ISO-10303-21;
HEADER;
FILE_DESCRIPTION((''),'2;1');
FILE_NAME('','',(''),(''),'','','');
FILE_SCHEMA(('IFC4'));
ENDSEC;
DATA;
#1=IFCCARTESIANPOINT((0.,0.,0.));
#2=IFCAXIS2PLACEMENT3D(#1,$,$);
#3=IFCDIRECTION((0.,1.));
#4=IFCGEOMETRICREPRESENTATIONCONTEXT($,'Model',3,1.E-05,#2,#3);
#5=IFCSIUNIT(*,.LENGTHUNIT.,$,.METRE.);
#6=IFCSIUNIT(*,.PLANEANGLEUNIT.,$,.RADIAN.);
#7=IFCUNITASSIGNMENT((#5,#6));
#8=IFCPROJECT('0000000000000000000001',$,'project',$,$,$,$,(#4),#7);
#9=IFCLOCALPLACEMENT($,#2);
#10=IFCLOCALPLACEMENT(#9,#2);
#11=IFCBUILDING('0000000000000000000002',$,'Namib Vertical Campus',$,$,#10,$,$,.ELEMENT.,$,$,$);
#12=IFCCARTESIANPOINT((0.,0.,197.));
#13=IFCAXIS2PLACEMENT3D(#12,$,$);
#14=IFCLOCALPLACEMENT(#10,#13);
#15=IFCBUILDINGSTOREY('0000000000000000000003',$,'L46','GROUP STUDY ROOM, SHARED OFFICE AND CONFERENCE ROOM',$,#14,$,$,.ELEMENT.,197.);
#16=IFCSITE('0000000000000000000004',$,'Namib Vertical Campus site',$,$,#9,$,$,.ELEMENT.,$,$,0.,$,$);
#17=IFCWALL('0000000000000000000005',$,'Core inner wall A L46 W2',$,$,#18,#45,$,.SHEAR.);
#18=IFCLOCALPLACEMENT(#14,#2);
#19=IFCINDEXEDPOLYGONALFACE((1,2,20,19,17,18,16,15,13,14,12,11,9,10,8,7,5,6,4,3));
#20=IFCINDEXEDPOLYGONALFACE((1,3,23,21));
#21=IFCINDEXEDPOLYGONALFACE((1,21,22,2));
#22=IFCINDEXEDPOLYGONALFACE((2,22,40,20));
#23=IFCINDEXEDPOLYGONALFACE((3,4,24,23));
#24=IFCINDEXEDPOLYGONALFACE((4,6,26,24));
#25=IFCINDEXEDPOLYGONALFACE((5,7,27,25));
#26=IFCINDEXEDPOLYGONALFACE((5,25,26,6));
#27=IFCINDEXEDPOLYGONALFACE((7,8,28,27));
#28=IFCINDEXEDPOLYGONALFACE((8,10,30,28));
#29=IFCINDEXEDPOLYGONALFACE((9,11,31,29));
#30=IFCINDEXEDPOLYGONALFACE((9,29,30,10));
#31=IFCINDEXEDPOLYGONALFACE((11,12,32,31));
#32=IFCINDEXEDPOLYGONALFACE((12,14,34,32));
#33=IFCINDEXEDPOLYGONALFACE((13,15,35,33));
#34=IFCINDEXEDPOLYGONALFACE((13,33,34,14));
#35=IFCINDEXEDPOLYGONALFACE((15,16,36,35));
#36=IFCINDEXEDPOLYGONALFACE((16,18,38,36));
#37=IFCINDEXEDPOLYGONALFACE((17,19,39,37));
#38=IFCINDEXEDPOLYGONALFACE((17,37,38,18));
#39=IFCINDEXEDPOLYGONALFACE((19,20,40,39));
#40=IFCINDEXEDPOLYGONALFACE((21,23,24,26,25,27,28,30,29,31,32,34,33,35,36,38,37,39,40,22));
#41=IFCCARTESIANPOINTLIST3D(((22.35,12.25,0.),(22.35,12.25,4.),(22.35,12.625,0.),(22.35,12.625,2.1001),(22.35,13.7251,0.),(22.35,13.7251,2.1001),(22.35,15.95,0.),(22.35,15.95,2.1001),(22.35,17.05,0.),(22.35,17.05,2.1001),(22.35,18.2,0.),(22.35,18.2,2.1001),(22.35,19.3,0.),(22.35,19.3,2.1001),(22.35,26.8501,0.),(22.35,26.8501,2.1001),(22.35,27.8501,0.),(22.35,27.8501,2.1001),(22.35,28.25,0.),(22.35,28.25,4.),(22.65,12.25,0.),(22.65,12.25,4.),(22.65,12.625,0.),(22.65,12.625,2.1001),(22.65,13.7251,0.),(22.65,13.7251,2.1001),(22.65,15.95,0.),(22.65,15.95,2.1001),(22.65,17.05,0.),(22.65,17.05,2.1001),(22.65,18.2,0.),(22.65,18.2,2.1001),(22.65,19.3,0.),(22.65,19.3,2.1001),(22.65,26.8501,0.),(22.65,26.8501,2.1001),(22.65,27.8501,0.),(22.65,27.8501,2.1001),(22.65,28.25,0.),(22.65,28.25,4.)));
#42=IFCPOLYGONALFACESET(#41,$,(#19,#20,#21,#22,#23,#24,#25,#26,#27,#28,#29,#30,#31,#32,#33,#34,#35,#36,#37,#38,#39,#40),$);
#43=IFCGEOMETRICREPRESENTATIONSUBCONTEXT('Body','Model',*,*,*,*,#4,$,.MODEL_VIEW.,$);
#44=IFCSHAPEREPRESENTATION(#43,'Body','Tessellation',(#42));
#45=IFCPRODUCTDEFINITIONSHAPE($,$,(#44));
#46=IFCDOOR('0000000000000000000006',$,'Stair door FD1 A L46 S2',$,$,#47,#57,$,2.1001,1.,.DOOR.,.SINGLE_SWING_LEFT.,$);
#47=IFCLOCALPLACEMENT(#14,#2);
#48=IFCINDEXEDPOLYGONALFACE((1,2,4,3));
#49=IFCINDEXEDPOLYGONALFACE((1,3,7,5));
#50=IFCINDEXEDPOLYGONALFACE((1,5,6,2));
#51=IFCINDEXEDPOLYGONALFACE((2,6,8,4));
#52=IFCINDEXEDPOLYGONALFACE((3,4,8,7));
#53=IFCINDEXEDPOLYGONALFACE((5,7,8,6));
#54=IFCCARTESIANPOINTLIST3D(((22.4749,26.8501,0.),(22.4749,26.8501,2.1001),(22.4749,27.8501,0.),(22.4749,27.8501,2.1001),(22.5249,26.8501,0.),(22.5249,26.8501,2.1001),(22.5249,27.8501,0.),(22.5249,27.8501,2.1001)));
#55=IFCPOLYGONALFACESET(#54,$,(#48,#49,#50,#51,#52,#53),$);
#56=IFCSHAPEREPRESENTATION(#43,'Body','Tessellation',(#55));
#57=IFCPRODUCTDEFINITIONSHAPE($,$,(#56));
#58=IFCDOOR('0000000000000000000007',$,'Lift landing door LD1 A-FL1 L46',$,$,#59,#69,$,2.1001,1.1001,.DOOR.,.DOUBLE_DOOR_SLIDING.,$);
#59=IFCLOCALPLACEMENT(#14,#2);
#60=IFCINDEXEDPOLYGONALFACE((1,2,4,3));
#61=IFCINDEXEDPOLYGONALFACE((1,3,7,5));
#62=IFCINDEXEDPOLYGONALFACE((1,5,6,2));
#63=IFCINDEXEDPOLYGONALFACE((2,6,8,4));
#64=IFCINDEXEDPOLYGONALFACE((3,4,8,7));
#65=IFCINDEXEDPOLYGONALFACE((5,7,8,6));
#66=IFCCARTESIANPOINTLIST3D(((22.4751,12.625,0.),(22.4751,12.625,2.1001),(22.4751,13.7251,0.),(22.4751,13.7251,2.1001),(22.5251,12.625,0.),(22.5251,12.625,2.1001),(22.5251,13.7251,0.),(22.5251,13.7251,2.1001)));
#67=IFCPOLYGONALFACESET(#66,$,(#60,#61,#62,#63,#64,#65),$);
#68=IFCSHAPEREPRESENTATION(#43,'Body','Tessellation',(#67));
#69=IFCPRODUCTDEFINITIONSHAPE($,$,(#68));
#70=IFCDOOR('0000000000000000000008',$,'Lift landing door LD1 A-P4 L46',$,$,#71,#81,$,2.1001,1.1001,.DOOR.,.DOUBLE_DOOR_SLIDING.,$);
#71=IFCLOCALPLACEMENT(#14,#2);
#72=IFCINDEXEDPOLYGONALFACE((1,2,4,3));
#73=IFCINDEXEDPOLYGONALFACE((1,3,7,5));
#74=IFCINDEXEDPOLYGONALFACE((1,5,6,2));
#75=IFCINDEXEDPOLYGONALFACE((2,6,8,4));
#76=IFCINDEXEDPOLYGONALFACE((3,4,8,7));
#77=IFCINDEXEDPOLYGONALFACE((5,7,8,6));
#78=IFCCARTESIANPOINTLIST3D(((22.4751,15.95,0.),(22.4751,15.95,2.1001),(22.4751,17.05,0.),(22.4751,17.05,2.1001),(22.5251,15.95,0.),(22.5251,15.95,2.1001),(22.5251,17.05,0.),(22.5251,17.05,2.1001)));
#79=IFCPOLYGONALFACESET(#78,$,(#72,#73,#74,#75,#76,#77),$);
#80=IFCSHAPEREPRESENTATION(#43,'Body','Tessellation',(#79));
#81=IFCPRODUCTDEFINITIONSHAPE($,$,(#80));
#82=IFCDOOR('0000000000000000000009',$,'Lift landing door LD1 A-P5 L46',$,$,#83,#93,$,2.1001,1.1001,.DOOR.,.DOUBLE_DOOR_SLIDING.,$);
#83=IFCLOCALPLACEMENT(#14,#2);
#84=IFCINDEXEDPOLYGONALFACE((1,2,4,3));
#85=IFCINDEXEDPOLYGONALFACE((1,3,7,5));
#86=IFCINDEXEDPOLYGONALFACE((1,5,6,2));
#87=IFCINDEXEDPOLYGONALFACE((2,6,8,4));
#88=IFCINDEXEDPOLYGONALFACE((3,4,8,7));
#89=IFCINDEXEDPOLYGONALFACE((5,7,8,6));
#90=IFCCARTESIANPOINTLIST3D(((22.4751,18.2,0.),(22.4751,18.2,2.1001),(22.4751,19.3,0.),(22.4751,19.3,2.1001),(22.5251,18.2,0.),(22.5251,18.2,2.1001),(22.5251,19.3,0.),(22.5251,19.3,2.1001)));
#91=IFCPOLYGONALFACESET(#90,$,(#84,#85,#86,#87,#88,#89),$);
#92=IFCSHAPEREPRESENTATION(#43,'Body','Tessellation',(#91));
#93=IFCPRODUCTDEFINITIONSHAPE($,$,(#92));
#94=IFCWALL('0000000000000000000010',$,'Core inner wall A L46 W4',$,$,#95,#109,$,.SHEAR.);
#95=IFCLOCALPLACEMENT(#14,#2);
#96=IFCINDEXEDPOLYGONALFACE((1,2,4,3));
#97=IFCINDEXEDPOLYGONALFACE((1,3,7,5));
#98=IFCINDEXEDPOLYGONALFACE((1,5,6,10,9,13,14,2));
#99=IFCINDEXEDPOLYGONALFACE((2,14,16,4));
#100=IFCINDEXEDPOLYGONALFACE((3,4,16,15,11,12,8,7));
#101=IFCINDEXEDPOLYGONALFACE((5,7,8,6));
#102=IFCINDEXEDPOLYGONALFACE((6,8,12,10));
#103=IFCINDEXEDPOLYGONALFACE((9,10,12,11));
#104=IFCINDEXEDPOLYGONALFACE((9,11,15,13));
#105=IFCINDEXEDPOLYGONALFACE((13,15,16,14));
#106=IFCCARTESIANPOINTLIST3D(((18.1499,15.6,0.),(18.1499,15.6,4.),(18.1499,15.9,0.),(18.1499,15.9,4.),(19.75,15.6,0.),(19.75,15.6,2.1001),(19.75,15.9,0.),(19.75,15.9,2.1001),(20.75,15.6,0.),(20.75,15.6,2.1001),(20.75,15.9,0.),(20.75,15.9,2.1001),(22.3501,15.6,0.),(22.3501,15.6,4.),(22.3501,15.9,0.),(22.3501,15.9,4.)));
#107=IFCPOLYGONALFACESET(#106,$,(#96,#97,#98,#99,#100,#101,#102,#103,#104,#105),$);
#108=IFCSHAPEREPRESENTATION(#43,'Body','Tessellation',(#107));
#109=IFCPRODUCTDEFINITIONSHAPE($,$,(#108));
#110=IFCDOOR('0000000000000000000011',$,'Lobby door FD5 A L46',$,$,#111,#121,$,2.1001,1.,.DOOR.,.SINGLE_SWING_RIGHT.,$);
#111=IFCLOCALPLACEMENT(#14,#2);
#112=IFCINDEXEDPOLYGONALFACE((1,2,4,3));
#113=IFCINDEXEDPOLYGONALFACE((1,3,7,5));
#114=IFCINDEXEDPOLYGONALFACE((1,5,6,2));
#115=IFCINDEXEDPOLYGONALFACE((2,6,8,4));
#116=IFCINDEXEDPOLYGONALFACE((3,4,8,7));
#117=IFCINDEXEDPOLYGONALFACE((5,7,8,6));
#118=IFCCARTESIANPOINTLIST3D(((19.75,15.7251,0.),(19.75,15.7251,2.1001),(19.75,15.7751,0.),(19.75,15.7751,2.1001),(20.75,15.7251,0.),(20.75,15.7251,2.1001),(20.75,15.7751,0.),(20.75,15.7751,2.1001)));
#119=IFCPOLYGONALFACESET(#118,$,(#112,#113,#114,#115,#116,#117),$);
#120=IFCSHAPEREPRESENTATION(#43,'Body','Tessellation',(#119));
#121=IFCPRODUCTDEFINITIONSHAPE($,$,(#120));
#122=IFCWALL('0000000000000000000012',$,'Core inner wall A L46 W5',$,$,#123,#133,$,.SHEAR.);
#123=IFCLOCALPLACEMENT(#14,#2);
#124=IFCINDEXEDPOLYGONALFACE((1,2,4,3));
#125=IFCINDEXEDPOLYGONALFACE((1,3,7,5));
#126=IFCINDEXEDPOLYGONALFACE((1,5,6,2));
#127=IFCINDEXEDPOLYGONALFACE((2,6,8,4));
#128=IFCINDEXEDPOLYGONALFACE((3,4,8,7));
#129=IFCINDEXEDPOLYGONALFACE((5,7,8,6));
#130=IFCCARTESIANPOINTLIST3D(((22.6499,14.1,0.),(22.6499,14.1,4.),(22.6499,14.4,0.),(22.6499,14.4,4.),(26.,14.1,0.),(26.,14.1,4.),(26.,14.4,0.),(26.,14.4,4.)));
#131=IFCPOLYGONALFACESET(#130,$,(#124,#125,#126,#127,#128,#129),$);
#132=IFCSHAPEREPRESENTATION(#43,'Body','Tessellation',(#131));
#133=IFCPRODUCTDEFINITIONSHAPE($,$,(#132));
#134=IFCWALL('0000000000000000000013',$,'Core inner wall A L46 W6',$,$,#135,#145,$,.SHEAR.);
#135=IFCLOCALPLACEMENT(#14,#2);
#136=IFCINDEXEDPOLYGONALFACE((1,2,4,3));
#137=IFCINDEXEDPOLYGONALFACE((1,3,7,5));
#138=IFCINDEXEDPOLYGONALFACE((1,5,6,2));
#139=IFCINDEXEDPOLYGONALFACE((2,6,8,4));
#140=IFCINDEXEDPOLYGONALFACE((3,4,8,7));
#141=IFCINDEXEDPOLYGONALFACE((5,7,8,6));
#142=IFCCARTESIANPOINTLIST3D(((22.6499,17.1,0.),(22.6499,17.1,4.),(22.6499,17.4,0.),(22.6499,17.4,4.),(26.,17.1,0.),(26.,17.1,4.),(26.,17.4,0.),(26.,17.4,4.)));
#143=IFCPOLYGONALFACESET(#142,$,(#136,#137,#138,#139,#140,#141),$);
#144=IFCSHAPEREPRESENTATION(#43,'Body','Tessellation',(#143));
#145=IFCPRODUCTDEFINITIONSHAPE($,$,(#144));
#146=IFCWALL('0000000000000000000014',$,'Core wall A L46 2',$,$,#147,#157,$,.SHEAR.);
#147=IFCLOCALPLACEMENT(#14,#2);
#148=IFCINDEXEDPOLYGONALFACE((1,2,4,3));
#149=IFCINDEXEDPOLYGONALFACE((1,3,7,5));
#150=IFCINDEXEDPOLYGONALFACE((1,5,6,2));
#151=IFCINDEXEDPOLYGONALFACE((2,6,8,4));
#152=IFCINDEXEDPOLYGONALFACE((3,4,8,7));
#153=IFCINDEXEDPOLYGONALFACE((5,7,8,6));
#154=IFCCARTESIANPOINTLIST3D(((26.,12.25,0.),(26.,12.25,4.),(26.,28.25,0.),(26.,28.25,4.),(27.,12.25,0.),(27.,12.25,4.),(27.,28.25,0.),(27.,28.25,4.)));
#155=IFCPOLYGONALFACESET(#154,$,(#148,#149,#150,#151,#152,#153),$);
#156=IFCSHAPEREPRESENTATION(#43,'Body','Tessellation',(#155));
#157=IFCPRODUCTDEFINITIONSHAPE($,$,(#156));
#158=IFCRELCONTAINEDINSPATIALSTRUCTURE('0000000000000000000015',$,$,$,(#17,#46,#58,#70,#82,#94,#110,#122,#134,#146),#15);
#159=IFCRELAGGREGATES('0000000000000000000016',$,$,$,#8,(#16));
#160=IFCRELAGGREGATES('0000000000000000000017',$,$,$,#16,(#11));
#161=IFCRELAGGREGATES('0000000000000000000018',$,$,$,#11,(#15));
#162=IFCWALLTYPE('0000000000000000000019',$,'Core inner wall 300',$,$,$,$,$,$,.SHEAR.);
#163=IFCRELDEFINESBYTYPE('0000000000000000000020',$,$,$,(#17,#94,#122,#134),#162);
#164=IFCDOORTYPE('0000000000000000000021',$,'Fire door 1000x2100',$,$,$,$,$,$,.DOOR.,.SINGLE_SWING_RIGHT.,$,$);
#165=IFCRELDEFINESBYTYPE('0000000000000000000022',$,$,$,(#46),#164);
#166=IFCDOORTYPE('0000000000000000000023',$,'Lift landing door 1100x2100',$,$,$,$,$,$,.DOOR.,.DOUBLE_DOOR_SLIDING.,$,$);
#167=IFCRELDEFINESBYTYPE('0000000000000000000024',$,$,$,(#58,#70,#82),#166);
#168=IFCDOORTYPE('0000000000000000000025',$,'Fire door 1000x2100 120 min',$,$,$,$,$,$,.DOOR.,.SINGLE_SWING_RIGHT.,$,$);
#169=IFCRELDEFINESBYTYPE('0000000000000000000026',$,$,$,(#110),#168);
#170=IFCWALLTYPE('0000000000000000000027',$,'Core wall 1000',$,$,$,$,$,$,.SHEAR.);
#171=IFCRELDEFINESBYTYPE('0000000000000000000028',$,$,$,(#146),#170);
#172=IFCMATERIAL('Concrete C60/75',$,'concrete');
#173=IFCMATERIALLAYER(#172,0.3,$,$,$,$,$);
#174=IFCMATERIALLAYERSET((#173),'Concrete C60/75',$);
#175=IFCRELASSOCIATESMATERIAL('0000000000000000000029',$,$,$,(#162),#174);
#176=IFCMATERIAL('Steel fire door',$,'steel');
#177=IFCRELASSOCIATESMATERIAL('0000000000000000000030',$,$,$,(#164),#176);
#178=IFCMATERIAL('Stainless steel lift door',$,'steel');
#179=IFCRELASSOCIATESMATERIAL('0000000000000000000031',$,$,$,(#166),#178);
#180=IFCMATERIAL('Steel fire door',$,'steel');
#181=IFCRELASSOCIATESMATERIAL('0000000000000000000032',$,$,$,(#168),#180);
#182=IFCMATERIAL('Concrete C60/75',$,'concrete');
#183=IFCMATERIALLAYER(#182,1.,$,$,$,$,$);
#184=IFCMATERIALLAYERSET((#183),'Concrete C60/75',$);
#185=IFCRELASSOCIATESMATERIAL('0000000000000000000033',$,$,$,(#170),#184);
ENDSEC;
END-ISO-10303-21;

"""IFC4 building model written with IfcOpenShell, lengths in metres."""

from ifc_helpers import new_model, si_unit, direction, frame, frame_2d, origin, place, context, subcontext, project, spatial, rectangle, extrude, material, layer, layer_set, type_object, element, fill, save


model = new_model("IFC4")

# Units and contexts
model_context = context("Model", 3, precision=1e-05, world=origin(), true_north=direction((0.0, 1.0)))
body_context = subcontext(model_context, "Body", "Model", "MODEL_VIEW")
ifc_project = project(units=[si_unit("LENGTHUNIT", "METRE"), si_unit("PLANEANGLEUNIT", "RADIAN")], contexts=[model_context])

# Site, building, storey
site_placement = place(None, origin())
site = spatial("IfcSite", under=ifc_project, at=site_placement, Name="Namib Vertical Campus site", CompositionType="ELEMENT", RefElevation=0.0)
building_placement = place(site_placement, origin())
building = spatial("IfcBuilding", under=site, at=building_placement, Name="Namib Vertical Campus", CompositionType="ELEMENT")
storey_placement = place(building_placement, frame((0.0, 0.0, 197.0)))
storey = spatial("IfcBuildingStorey", under=building, at=storey_placement, Name="L46", Description="GROUP STUDY ROOM, SHARED OFFICE AND CONFERENCE ROOM", CompositionType="ELEMENT", Elevation=197.0)

# Wall, openings, doors
ifc_material_1 = material(Name="Concrete C60/75", Category="concrete")
ifc_layer_1 = layer(ifc_material_1, 0.3)
ifc_layer_set_1 = layer_set([ifc_layer_1], Name="Concrete C60/75")
wall_type_1 = type_object("IfcWallType", Name="Core inner wall 300", PredefinedType="SHEAR", material=ifc_layer_set_1)
ifc_material_2 = material(Name="Steel fire door", Category="steel")
door_type_1 = type_object("IfcDoorType", Name="Fire door 1000x2100", OperationType="SINGLE_SWING_RIGHT", PredefinedType="DOOR", material=ifc_material_2)
ifc_material_3 = material(Name="Stainless steel lift door", Category="steel")
door_type_2 = type_object("IfcDoorType", Name="Lift landing door 1100x2100", OperationType="DOUBLE_DOOR_SLIDING", PredefinedType="DOOR", material=ifc_material_3)
wall_1_placement = place(storey_placement, frame((22.5, 12.25, 0.0), z_axis=(0.0, 0.0, 1.0), x_axis=(0.0, 1.0, 0.0)))
wall_1 = element("IfcWall", 1, at=wall_1_placement, inside=storey, type_object=wall_type_1, Name="Core inner wall A L46 W2", PredefinedType="SHEAR", context=body_context, shape_type="SweptSolid", body=[
    extrude(rectangle(XDim=16.0, YDim=0.3, at=frame_2d((8.0, 0.0))), origin(), (0.0, 0.0, 1.0), 4.0),
])
opening_1_placement = place(wall_1_placement, frame((14.6001, 0.0, 0.0)))
opening_1 = element("IfcOpeningElement", 2, at=opening_1_placement, cuts=wall_1, PredefinedType="OPENING", context=body_context, shape_type="SweptSolid", body=[
    extrude(rectangle(XDim=1.0, YDim=2.1001, at=frame_2d((0.5, 1.05))), frame((0.0, 0.1599, 0.0), z_axis=(0.0, -1.0, 0.0), x_axis=(1.0, 0.0, 0.0)), (0.0, 0.0, 1.0), 0.3201),
])
opening_2_placement = place(wall_1_placement, frame((0.375, 0.0, 0.0)))
opening_2 = element("IfcOpeningElement", 3, at=opening_2_placement, cuts=wall_1, PredefinedType="OPENING", context=body_context, shape_type="SweptSolid", body=[
    extrude(rectangle(XDim=1.1001, YDim=2.1001, at=frame_2d((0.55, 1.05))), frame((0.0, 0.1599, 0.0), z_axis=(0.0, -1.0, 0.0), x_axis=(1.0, 0.0, 0.0)), (0.0, 0.0, 1.0), 0.3201),
])
opening_3_placement = place(wall_1_placement, frame((3.7, 0.0, 0.0)))
opening_3 = element("IfcOpeningElement", 4, at=opening_3_placement, cuts=wall_1, PredefinedType="OPENING", context=body_context, shape_type="SweptSolid", body=[
    extrude(rectangle(XDim=1.1001, YDim=2.1001, at=frame_2d((0.55, 1.05))), frame((0.0, 0.1599, 0.0), z_axis=(0.0, -1.0, 0.0), x_axis=(1.0, 0.0, 0.0)), (0.0, 0.0, 1.0), 0.3201),
])
opening_4_placement = place(wall_1_placement, frame((5.95, 0.0, 0.0)))
opening_4 = element("IfcOpeningElement", 5, at=opening_4_placement, cuts=wall_1, PredefinedType="OPENING", context=body_context, shape_type="SweptSolid", body=[
    extrude(rectangle(XDim=1.1001, YDim=2.1001, at=frame_2d((0.55, 1.05))), frame((0.0, 0.1599, 0.0), z_axis=(0.0, -1.0, 0.0), x_axis=(1.0, 0.0, 0.0)), (0.0, 0.0, 1.0), 0.3201),
])
door_1_placement = place(opening_1_placement, frame((1.0, 0.0, 0.0), z_axis=(0.0, 0.0, 1.0), x_axis=(-1.0, 0.0, 0.0)))
door_1 = element("IfcDoor", 6, at=door_1_placement, inside=storey, type_object=door_type_1, Name="Stair door FD1 A L46 S2", OperationType="SINGLE_SWING_LEFT", OverallHeight=2.1001, OverallWidth=1.0, PredefinedType="DOOR", context=body_context, shape_type="SweptSolid", body=[
    extrude(rectangle(XDim=1.0, YDim=2.1001, at=frame_2d((0.5, 1.05))), frame((0.0, 0.0249, 0.0), z_axis=(0.0, -1.0, 0.0), x_axis=(1.0, 0.0, 0.0)), (0.0, 0.0, 1.0), 0.05),
])
fill(opening_1, door_1)
door_2_placement = place(opening_2_placement, origin())
door_2 = element("IfcDoor", 7, at=door_2_placement, inside=storey, type_object=door_type_2, Name="Lift landing door LD1 A-FL1 L46", OperationType="DOUBLE_DOOR_SLIDING", OverallHeight=2.1001, OverallWidth=1.1001, PredefinedType="DOOR", context=body_context, shape_type="SweptSolid", body=[
    extrude(rectangle(XDim=1.1001, YDim=2.1001, at=frame_2d((0.55, 1.05))), frame((0.0, 0.0249, 0.0), z_axis=(0.0, -1.0, 0.0), x_axis=(1.0, 0.0, 0.0)), (0.0, 0.0, 1.0), 0.05),
])
fill(opening_2, door_2)
door_3_placement = place(opening_3_placement, origin())
door_3 = element("IfcDoor", 8, at=door_3_placement, inside=storey, type_object=door_type_2, Name="Lift landing door LD1 A-P4 L46", OperationType="DOUBLE_DOOR_SLIDING", OverallHeight=2.1001, OverallWidth=1.1001, PredefinedType="DOOR", context=body_context, shape_type="SweptSolid", body=[
    extrude(rectangle(XDim=1.1001, YDim=2.1001, at=frame_2d((0.55, 1.05))), frame((0.0, 0.0249, 0.0), z_axis=(0.0, -1.0, 0.0), x_axis=(1.0, 0.0, 0.0)), (0.0, 0.0, 1.0), 0.05),
])
fill(opening_3, door_3)
door_4_placement = place(opening_4_placement, origin())
door_4 = element("IfcDoor", 9, at=door_4_placement, inside=storey, type_object=door_type_2, Name="Lift landing door LD1 A-P5 L46", OperationType="DOUBLE_DOOR_SLIDING", OverallHeight=2.1001, OverallWidth=1.1001, PredefinedType="DOOR", context=body_context, shape_type="SweptSolid", body=[
    extrude(rectangle(XDim=1.1001, YDim=2.1001, at=frame_2d((0.55, 1.05))), frame((0.0, 0.0249, 0.0), z_axis=(0.0, -1.0, 0.0), x_axis=(1.0, 0.0, 0.0)), (0.0, 0.0, 1.0), 0.05),
])
fill(opening_4, door_4)

# Wall, opening, door
wall_2_placement = place(storey_placement, frame((18.1499, 15.75, 0.0), z_axis=(0.0, 0.0, 1.0), x_axis=(1.0, 0.0, 0.0)))
wall_2 = element("IfcWall", 10, at=wall_2_placement, inside=storey, type_object=wall_type_1, Name="Core inner wall A L46 W4", PredefinedType="SHEAR", context=body_context, shape_type="SweptSolid", body=[
    extrude(rectangle(XDim=4.2002, YDim=0.3, at=frame_2d((2.1001, 0.0))), origin(), (0.0, 0.0, 1.0), 4.0),
])
opening_5_placement = place(wall_2_placement, frame((1.6001, 0.0, 0.0)))
opening_5 = element("IfcOpeningElement", 11, at=opening_5_placement, cuts=wall_2, PredefinedType="OPENING", context=body_context, shape_type="SweptSolid", body=[
    extrude(rectangle(XDim=1.0, YDim=2.1001, at=frame_2d((0.5, 1.05))), frame((0.0, 0.1599, 0.0), z_axis=(0.0, -1.0, 0.0), x_axis=(1.0, 0.0, 0.0)), (0.0, 0.0, 1.0), 0.3201),
])
ifc_material_4 = material(Name="Steel fire door", Category="steel")
door_type_3 = type_object("IfcDoorType", Name="Fire door 1000x2100 120 min", OperationType="SINGLE_SWING_RIGHT", PredefinedType="DOOR", material=ifc_material_4)
door_5_placement = place(opening_5_placement, frame((1.0, 0.0, 0.0), z_axis=(0.0, 0.0, 1.0), x_axis=(-1.0, 0.0, 0.0)))
door_5 = element("IfcDoor", 12, at=door_5_placement, inside=storey, type_object=door_type_3, Name="Lobby door FD5 A L46", OperationType="SINGLE_SWING_RIGHT", OverallHeight=2.1001, OverallWidth=1.0, PredefinedType="DOOR", context=body_context, shape_type="SweptSolid", body=[
    extrude(rectangle(XDim=1.0, YDim=2.1001, at=frame_2d((0.5, 1.05))), frame((0.0, 0.0249, 0.0), z_axis=(0.0, -1.0, 0.0), x_axis=(1.0, 0.0, 0.0)), (0.0, 0.0, 1.0), 0.05),
])
fill(opening_5, door_5)

# Walls
for number, where, z_axis, x_axis, name in (
    (13, (22.6499, 14.25, 0.0), (0.0, 0.0, 1.0), (1.0, 0.0, 0.0), "Core inner wall A L46 W5"),
    (14, (22.6499, 17.25, 0.0), (0.0, 0.0, 1.0), (1.0, 0.0, 0.0), "Core inner wall A L46 W6"),
):
    element("IfcWall", number, at=place(storey_placement, frame(where, z_axis=z_axis, x_axis=x_axis)), inside=storey, type_object=wall_type_1, Name=name, PredefinedType="SHEAR", context=body_context, shape_type="SweptSolid", body=[
        extrude(rectangle(XDim=3.3501, YDim=0.3, at=frame_2d((1.675, 0.0))), origin(), (0.0, 0.0, 1.0), 4.0),
    ])
ifc_material_5 = material(Name="Concrete C60/75", Category="concrete")
ifc_layer_2 = layer(ifc_material_5, 1.0)
ifc_layer_set_2 = layer_set([ifc_layer_2], Name="Concrete C60/75")
wall_type_2 = type_object("IfcWallType", Name="Core wall 1000", PredefinedType="SHEAR", material=ifc_layer_set_2)
wall_3_placement = place(storey_placement, frame((26.5, 12.25, 0.0), z_axis=(0.0, 0.0, 1.0), x_axis=(0.0, 1.0, 0.0)))
element("IfcWall", 15, at=wall_3_placement, inside=storey, type_object=wall_type_2, Name="Core wall A L46 2", PredefinedType="SHEAR", context=body_context, shape_type="SweptSolid", body=[
    extrude(rectangle(XDim=16.0, YDim=1.0, at=frame_2d((8.0, 0.0))), origin(), (0.0, 0.0, 1.0), 4.0),
])

save(model, "model.ifc")
